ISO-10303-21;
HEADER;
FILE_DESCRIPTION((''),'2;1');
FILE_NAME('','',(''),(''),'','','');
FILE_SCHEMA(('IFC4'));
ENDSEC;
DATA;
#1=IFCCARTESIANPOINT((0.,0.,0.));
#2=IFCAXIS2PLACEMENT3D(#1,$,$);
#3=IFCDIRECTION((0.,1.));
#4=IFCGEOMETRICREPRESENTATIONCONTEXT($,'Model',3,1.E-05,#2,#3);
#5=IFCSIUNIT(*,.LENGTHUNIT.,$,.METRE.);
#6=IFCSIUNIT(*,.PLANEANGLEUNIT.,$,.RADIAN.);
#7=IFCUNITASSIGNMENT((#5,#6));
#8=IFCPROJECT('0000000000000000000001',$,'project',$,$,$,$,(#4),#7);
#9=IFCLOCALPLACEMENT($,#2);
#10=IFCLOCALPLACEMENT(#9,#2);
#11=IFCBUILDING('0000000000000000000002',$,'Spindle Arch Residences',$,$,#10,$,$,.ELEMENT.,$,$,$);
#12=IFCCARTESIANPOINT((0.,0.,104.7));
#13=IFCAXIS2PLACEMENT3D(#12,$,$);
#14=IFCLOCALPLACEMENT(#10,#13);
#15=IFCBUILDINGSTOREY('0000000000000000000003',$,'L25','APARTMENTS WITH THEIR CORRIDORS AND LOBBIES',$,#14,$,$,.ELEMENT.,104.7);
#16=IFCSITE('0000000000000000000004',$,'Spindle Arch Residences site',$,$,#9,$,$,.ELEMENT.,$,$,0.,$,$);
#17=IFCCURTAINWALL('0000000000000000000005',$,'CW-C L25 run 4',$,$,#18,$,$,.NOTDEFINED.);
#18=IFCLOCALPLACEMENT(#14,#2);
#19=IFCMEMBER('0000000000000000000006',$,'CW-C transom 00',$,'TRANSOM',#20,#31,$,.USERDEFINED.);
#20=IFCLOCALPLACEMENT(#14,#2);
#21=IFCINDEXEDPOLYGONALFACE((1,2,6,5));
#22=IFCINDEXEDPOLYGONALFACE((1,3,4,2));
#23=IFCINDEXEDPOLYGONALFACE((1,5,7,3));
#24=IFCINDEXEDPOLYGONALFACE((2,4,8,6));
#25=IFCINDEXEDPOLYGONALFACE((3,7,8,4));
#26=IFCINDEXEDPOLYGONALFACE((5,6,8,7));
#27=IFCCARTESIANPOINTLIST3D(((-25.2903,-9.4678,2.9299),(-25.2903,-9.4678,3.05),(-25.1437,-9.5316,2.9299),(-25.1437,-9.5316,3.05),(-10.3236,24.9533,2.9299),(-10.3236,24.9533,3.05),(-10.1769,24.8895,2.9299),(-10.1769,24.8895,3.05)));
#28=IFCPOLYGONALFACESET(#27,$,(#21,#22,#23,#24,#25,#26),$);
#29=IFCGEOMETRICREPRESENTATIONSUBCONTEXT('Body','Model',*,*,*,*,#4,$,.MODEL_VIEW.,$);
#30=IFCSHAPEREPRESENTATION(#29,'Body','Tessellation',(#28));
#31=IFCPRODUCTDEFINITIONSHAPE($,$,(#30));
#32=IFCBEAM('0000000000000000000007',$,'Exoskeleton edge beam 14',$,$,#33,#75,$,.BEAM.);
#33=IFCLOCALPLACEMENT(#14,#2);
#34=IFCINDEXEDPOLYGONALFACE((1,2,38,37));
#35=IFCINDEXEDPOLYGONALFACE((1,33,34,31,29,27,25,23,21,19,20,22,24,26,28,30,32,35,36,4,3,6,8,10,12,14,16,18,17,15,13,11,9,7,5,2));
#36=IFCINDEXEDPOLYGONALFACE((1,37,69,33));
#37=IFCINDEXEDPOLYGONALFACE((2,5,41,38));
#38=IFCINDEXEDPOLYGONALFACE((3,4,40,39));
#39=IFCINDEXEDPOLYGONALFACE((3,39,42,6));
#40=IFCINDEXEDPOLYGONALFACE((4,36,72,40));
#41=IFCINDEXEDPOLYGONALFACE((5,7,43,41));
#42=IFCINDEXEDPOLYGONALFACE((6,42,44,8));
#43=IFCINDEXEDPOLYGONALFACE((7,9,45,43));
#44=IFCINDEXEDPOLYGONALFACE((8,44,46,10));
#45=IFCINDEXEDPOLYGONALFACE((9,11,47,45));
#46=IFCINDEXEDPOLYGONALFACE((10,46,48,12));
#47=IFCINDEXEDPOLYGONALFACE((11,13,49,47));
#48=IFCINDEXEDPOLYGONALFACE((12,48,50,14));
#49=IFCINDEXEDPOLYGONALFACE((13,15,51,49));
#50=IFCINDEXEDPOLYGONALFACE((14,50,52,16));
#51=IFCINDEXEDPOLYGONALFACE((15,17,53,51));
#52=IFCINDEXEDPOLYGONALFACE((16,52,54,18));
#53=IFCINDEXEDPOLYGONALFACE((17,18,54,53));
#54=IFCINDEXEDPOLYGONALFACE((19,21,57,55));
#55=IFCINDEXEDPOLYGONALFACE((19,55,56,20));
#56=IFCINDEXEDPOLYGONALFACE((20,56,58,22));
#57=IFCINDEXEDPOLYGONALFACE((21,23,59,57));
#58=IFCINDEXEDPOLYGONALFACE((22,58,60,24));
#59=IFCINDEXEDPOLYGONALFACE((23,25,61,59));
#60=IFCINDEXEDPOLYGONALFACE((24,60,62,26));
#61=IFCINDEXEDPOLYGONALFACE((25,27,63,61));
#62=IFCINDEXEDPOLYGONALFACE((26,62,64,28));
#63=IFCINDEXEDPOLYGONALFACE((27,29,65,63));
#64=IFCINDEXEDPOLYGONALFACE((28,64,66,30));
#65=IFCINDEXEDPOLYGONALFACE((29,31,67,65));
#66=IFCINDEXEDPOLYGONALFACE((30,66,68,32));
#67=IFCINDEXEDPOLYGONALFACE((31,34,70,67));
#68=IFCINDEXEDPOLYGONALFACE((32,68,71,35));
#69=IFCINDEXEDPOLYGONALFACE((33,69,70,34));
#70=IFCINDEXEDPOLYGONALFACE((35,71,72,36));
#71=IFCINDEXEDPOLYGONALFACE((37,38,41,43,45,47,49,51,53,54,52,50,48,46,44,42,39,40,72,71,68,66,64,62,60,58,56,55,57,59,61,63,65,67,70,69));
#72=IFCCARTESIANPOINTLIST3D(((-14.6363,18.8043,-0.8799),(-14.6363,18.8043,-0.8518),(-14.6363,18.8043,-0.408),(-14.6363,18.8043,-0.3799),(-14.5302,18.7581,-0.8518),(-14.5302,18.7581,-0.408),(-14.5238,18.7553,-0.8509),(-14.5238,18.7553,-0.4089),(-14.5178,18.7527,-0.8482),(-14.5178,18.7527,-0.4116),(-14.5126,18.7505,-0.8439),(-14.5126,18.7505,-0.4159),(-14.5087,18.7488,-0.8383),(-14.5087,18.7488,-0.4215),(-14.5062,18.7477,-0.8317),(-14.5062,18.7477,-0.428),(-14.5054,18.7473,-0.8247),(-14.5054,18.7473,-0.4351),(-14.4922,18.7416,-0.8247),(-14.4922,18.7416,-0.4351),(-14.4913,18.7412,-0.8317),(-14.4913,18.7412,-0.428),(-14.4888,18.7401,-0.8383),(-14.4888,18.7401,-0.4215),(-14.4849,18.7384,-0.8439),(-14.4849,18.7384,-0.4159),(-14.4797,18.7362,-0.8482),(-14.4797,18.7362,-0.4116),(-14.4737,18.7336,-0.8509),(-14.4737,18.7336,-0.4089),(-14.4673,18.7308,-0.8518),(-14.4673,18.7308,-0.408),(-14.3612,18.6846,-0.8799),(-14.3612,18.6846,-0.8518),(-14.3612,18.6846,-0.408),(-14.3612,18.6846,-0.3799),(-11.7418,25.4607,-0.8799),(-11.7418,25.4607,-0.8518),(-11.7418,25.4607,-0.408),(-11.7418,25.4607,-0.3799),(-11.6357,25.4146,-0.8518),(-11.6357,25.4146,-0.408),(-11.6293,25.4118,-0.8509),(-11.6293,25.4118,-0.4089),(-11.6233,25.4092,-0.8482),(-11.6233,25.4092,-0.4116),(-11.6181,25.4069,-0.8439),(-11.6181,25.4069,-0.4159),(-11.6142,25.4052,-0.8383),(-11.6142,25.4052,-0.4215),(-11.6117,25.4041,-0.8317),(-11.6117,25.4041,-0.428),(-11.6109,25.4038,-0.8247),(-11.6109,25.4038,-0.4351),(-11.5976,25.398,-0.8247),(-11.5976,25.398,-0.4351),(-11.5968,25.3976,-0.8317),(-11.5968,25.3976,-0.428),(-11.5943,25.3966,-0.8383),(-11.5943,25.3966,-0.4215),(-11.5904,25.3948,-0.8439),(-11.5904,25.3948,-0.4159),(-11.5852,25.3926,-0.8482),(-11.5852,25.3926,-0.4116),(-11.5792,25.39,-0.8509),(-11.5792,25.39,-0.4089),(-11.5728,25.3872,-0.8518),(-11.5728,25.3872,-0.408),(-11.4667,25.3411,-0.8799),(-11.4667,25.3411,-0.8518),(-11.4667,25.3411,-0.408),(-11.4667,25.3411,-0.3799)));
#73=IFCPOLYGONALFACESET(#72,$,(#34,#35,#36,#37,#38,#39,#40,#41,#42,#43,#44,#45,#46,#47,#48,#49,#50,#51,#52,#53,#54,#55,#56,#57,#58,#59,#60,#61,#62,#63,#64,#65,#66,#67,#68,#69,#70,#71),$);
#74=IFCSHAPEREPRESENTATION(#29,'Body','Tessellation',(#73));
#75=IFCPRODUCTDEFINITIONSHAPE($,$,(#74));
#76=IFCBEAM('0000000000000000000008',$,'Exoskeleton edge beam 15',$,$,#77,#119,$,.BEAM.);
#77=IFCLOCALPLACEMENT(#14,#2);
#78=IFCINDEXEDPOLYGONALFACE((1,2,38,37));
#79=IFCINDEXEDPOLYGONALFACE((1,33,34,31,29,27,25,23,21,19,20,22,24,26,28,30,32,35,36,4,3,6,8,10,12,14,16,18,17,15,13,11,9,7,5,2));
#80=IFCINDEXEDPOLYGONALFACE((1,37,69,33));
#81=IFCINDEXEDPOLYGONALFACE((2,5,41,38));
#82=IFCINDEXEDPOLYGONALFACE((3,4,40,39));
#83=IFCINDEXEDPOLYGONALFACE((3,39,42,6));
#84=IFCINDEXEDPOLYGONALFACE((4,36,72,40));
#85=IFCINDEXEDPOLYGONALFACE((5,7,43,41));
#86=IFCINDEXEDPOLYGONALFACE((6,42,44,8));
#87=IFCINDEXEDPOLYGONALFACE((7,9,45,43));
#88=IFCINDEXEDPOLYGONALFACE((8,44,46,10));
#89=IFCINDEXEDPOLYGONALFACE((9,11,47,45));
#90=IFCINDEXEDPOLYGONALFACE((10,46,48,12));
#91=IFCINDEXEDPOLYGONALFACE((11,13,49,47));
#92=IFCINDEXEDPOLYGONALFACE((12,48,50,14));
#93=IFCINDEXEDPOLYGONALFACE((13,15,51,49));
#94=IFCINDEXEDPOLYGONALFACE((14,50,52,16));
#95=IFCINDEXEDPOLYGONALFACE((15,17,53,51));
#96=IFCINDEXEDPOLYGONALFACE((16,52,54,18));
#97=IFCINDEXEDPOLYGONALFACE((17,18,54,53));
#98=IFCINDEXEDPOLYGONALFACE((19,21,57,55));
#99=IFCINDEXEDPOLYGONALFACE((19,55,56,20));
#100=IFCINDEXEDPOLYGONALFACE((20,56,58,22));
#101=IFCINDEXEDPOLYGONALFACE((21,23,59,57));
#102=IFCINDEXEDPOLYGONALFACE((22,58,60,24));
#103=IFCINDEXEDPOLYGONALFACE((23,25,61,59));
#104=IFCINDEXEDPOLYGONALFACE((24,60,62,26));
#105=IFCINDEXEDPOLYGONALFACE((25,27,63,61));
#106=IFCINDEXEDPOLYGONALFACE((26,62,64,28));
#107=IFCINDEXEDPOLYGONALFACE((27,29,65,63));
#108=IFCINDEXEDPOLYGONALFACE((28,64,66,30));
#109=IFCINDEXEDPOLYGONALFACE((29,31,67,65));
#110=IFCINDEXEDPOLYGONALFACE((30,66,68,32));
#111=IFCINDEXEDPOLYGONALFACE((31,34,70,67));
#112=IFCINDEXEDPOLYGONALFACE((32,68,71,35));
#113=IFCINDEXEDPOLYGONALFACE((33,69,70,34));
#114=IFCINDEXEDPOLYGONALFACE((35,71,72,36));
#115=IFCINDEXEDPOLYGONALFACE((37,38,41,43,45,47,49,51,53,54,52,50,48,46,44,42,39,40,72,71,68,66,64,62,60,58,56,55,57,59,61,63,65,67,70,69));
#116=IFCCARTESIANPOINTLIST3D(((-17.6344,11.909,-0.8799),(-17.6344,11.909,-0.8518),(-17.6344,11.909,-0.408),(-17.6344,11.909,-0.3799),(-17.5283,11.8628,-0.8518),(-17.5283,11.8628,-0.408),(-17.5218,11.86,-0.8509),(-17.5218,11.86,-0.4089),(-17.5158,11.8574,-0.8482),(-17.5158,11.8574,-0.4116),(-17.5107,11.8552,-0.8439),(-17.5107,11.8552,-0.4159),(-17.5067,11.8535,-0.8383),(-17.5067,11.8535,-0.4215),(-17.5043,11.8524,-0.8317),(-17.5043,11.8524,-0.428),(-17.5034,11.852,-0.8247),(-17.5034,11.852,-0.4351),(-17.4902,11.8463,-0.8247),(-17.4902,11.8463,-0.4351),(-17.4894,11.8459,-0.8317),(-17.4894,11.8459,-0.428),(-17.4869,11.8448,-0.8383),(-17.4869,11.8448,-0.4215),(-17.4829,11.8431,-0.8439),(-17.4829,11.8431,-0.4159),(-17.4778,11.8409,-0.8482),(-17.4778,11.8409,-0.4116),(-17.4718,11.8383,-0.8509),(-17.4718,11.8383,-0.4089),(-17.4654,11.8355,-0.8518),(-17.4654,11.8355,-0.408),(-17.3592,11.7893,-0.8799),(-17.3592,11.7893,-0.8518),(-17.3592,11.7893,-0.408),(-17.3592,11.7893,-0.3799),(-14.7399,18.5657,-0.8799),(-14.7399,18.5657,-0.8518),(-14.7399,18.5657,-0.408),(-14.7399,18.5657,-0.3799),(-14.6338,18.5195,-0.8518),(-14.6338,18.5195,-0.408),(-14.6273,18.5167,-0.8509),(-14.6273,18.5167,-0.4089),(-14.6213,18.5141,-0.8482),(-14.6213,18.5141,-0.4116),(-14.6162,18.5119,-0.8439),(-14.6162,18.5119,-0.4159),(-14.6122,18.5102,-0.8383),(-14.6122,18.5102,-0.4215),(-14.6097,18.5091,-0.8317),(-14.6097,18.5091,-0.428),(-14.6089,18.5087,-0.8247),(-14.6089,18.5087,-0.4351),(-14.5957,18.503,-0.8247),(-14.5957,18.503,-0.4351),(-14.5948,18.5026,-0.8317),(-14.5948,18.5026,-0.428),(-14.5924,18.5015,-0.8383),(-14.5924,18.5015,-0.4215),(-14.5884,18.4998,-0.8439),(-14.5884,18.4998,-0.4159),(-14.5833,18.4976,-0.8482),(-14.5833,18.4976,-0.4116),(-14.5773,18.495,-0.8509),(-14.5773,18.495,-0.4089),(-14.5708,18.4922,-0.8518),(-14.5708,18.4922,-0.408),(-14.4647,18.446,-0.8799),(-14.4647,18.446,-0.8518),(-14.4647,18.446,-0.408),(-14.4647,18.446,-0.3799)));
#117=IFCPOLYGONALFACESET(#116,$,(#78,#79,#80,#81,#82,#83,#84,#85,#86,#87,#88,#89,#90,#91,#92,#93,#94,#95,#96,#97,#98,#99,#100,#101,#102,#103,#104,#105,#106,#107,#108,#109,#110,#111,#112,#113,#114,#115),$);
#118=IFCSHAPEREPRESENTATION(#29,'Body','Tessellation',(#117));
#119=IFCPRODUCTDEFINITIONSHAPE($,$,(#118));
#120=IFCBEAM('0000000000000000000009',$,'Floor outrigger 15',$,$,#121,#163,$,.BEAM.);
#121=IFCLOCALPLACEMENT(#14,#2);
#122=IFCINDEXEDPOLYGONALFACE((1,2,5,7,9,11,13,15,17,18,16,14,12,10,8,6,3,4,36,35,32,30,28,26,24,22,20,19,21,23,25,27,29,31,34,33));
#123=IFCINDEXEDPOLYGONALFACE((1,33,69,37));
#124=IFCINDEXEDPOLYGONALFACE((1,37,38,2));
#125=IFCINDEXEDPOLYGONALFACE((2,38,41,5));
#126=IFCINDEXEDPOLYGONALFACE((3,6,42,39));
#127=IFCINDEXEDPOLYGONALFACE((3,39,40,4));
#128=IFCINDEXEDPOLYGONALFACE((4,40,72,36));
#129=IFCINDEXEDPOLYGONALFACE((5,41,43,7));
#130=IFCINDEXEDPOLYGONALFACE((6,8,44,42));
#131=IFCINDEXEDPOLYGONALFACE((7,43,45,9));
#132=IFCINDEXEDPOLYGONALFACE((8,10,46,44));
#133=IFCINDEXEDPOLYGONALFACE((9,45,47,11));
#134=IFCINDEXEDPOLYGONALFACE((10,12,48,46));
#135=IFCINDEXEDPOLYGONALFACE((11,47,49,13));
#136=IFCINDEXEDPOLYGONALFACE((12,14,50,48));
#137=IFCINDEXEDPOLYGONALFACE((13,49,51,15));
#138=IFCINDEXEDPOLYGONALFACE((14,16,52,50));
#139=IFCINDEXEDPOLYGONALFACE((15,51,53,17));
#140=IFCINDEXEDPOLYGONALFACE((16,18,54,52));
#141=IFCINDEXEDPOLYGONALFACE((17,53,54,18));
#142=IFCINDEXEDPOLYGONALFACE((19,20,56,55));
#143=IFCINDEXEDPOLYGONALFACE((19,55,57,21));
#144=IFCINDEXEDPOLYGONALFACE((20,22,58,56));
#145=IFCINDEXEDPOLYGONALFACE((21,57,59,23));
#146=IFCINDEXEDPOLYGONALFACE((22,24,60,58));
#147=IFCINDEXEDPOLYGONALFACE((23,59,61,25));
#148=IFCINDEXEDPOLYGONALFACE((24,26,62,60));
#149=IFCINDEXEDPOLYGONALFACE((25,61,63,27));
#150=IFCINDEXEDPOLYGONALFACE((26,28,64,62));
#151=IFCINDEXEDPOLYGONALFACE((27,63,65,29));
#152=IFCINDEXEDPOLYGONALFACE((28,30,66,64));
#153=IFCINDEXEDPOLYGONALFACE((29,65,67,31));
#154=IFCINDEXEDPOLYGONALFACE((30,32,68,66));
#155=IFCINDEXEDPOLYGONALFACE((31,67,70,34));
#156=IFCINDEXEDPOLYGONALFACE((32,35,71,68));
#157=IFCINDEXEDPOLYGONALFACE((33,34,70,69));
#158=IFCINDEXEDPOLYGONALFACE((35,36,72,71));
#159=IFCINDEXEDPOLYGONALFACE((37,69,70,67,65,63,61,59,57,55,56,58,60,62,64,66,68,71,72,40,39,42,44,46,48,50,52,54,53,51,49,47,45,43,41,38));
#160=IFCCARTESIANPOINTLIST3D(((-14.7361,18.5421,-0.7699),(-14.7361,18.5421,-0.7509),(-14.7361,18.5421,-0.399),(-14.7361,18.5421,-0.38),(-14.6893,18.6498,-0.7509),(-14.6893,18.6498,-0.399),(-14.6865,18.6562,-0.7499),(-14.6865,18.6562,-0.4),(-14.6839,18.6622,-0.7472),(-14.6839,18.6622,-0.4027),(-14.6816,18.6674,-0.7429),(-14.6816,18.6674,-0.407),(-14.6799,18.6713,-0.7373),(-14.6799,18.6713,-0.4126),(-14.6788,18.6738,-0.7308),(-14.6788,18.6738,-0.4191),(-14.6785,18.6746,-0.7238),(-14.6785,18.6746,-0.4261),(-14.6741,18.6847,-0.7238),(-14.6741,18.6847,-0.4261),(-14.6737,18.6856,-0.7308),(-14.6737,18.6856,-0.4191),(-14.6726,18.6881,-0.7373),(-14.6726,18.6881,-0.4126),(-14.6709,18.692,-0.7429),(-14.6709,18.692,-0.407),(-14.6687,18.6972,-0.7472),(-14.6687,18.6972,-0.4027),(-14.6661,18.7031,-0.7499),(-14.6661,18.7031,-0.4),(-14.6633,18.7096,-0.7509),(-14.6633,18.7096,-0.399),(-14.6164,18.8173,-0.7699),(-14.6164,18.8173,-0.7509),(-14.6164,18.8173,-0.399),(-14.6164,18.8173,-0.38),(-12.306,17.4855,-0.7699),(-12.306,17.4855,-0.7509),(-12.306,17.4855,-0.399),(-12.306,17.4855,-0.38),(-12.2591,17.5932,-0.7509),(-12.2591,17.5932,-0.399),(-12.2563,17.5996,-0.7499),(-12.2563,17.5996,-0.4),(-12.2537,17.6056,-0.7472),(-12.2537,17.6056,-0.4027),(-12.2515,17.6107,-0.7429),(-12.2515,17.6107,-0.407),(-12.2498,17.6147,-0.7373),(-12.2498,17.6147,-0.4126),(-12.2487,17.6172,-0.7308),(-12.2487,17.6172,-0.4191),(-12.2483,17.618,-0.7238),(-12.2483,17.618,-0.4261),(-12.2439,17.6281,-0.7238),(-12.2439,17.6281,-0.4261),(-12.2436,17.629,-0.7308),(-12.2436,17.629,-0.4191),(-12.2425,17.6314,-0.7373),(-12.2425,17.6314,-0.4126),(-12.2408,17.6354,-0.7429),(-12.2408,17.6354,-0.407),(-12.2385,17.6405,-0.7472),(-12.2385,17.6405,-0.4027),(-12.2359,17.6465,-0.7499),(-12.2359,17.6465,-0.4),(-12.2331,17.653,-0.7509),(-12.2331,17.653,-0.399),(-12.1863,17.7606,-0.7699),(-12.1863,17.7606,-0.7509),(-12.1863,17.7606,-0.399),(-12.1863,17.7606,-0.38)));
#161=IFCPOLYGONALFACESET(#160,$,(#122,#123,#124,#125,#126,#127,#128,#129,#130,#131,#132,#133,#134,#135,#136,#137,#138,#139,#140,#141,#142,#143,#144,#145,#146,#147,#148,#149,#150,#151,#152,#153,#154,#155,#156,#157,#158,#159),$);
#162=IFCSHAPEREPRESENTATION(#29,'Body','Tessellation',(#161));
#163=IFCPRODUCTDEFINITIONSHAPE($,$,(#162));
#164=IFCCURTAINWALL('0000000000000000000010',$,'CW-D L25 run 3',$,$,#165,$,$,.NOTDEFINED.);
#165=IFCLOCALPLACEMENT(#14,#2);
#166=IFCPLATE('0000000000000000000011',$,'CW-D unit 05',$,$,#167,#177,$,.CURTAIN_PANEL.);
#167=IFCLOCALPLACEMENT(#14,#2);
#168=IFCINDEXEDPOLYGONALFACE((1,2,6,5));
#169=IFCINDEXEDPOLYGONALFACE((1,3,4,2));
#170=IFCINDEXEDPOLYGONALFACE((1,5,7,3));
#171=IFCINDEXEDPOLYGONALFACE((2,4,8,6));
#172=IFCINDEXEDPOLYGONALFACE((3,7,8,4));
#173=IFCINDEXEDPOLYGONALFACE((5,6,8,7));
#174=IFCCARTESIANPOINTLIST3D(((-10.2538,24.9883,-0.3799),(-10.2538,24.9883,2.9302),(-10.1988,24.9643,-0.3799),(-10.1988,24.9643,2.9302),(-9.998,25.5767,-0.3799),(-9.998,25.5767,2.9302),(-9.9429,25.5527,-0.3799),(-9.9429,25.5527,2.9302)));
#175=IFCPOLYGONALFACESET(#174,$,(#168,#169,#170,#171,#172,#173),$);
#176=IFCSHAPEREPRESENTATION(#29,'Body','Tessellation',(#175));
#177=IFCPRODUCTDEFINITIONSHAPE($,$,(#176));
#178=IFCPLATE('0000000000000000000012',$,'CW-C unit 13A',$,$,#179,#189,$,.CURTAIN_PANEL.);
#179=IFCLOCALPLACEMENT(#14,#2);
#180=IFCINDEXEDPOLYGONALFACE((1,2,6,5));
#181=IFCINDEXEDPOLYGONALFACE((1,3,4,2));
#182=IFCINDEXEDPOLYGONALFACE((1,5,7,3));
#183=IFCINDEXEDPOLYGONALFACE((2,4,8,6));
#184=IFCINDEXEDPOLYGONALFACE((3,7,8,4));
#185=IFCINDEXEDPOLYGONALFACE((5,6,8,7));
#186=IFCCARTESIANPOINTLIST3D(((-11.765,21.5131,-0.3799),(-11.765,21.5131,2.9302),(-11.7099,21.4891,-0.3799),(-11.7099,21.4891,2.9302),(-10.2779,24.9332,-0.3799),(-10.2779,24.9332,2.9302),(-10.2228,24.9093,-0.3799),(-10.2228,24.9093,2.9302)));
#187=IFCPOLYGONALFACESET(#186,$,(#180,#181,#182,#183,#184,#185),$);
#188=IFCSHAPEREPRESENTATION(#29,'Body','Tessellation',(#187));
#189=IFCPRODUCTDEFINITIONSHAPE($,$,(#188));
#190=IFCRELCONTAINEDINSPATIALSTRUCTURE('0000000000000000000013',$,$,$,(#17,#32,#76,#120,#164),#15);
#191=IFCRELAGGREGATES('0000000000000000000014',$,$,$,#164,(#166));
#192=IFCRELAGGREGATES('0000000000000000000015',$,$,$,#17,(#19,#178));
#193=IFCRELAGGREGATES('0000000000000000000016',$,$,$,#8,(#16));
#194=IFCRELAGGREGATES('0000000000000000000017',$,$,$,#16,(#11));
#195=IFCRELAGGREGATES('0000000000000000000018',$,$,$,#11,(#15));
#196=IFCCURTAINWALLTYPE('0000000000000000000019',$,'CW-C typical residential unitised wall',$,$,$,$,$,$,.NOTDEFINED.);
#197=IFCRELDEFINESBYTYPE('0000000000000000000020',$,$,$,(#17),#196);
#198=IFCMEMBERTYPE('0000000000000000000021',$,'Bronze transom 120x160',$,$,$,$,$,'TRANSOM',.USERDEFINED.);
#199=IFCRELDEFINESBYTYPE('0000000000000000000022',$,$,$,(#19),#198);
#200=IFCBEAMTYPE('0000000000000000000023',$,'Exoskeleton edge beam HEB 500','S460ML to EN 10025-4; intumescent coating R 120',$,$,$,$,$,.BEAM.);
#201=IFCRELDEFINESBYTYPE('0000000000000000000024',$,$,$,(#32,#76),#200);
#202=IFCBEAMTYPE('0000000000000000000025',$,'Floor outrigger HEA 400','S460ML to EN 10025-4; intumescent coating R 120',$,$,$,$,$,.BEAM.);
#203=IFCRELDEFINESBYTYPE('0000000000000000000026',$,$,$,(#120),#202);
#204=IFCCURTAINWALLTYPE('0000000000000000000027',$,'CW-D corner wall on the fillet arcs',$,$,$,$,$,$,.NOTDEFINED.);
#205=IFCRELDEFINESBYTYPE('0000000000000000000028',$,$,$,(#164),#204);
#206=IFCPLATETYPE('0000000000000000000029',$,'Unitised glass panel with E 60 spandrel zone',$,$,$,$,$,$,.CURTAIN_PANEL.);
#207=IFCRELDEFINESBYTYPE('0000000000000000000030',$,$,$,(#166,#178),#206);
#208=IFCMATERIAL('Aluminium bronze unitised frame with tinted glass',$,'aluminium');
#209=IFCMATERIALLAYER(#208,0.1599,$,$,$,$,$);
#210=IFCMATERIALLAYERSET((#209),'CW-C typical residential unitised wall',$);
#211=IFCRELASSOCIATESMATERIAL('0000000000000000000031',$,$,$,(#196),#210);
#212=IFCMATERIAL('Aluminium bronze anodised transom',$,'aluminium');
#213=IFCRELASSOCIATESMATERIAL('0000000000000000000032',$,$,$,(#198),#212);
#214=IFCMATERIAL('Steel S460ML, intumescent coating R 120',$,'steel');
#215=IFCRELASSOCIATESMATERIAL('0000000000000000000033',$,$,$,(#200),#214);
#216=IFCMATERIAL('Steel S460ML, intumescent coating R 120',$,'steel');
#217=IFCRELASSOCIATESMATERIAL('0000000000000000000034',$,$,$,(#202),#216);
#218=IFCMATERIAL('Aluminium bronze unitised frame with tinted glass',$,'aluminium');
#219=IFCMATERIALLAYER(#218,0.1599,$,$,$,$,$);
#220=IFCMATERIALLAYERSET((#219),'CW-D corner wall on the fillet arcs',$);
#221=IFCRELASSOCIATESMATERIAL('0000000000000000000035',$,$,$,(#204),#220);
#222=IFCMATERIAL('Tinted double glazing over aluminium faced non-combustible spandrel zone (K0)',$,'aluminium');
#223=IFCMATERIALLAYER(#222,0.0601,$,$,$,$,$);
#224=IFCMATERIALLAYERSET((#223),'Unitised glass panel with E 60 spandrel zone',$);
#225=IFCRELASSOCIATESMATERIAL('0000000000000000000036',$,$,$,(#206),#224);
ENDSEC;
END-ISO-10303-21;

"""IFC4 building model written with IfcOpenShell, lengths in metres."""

from ifc_helpers import new_model, si_unit, direction, frame, origin, origin_2d, place, context, subcontext, project, spatial, rectangle, i_section, extrude, material, layer, layer_set, material_profile, profile_set, type_object, element, aggregate, save


model = new_model("IFC4")

# Units and contexts
model_context = context("Model", 3, precision=1e-05, world=origin(), true_north=direction((0.0, 1.0)))
body_context = subcontext(model_context, "Body", "Model", "MODEL_VIEW")
ifc_project = project(units=[si_unit("LENGTHUNIT", "METRE"), si_unit("PLANEANGLEUNIT", "RADIAN")], contexts=[model_context])

# Site, building, storey
site_placement = place(None, origin())
site = spatial("IfcSite", under=ifc_project, at=site_placement, Name="Spindle Arch Residences site", CompositionType="ELEMENT", RefElevation=0.0)
building_placement = place(site_placement, origin())
building = spatial("IfcBuilding", under=site, at=building_placement, Name="Spindle Arch Residences", CompositionType="ELEMENT")
storey_placement = place(building_placement, frame((0.0, 0.0, 104.7)))
storey = spatial("IfcBuildingStorey", under=building, at=storey_placement, Name="L25", Description="APARTMENTS WITH THEIR CORRIDORS AND LOBBIES", CompositionType="ELEMENT", Elevation=104.7)

# Curtain wall, member
ifc_material_1 = material(Name="Aluminium bronze unitised frame with tinted glass", Category="aluminium")
ifc_layer_1 = layer(ifc_material_1, 0.1599)
ifc_layer_set_1 = layer_set([ifc_layer_1], Name="CW-C typical residential unitised wall")
curtain_wall_type_1 = type_object("IfcCurtainWallType", Name="CW-C typical residential unitised wall", PredefinedType="NOTDEFINED", material=ifc_layer_set_1)
curtain_wall_1_placement = place(storey_placement, origin())
curtain_wall_1 = element("IfcCurtainWall", 1, at=curtain_wall_1_placement, inside=storey, type_object=curtain_wall_type_1, Name="CW-C L25 run 4", PredefinedType="NOTDEFINED")
ifc_material_2 = material(Name="Aluminium bronze anodised transom", Category="aluminium")
ifc_material_profile_1 = material_profile(ifc_material_2, rectangle(XDim=0.1599, YDim=0.1201, at=origin_2d()), Name="TR 120x160")
ifc_profile_set_1 = profile_set([ifc_material_profile_1], Name="Aluminium bronze anodised transom")
member_type_1 = type_object("IfcMemberType", Name="Bronze transom 120x160", ElementType="TRANSOM", PredefinedType="USERDEFINED", material=ifc_profile_set_1)
member_1_placement = place(storey_placement, frame((-10.2502, 24.9214, 2.99), z_axis=(-0.39875, -0.91706, 0.0), x_axis=(0.91706, -0.39875, 0.0)))
member_1 = element("IfcMember", 2, at=member_1_placement, type_object=member_type_1, Name="CW-C transom 00", ObjectType="TRANSOM", PredefinedType="USERDEFINED", context=body_context, shape_type="SweptSolid", body=[
    extrude(rectangle(XDim=0.1599, YDim=0.1201, at=origin_2d()), origin(), (0.0, 0.0, 1.0), 37.5342),
])

# Beams
ifc_material_3 = material(Name="Steel S460ML, intumescent coating R 120", Category="steel")
ifc_material_profile_2 = material_profile(ifc_material_3, i_section(OverallWidth=0.3, OverallDepth=0.5, WebThickness=0.0144, FlangeThickness=0.0281, FilletRadius=0.0271, at=origin_2d()), Name="HEB 500")
ifc_profile_set_2 = profile_set([ifc_material_profile_2], Name="Steel S460ML, intumescent coating R 120")
beam_type_1 = type_object("IfcBeamType", Name="Exoskeleton edge beam HEB 500", Description="S460ML to EN 10025-4; intumescent coating R 120", PredefinedType="BEAM", material=ifc_profile_set_2)
beam_1_placement = place(storey_placement, frame((-11.6042, 25.4009, -0.6299), z_axis=(-0.398773, -0.91705, 0.0), x_axis=(0.91705, -0.398773, 0.0)))
element("IfcBeam", 3, at=beam_1_placement, inside=storey, type_object=beam_type_1, Name="Exoskeleton edge beam 14", PredefinedType="BEAM", context=body_context, shape_type="SweptSolid", body=[
    extrude(i_section(OverallWidth=0.3, OverallDepth=0.5, WebThickness=0.0144, FlangeThickness=0.0281, FilletRadius=0.0271, at=origin_2d()), origin(), (0.0, 0.0, 1.0), 7.2585),
])
beam_2_placement = place(storey_placement, frame((-14.6023, 18.5059, -0.6299), z_axis=(-0.398761, -0.917055, 0.0), x_axis=(0.917055, -0.398761, 0.0)))
element("IfcBeam", 4, at=beam_2_placement, inside=storey, type_object=beam_type_1, Name="Exoskeleton edge beam 15", PredefinedType="BEAM", context=body_context, shape_type="SweptSolid", body=[
    extrude(i_section(OverallWidth=0.3, OverallDepth=0.5, WebThickness=0.0144, FlangeThickness=0.0281, FilletRadius=0.0271, at=origin_2d()), origin(), (0.0, 0.0, 1.0), 7.2588),
])
ifc_material_4 = material(Name="Steel S460ML, intumescent coating R 120", Category="steel")
ifc_material_profile_3 = material_profile(ifc_material_4, i_section(OverallWidth=0.3, OverallDepth=0.3899, WebThickness=0.011, FlangeThickness=0.019, FilletRadius=0.0271, at=origin_2d()), Name="HEA 400")
ifc_profile_set_3 = profile_set([ifc_material_profile_3], Name="Steel S460ML, intumescent coating R 120")
beam_type_2 = type_object("IfcBeamType", Name="Floor outrigger HEA 400", Description="S460ML to EN 10025-4; intumescent coating R 120", PredefinedType="BEAM", material=ifc_profile_set_3)
beam_3_placement = place(storey_placement, frame((-14.6763, 18.6797, -0.575), z_axis=(0.917064, -0.39874, 0.0), x_axis=(0.39874, 0.917064, 0.0)))
element("IfcBeam", 5, at=beam_3_placement, inside=storey, type_object=beam_type_2, Name="Floor outrigger 15", PredefinedType="BEAM", context=body_context, shape_type="SweptSolid", body=[
    extrude(i_section(OverallWidth=0.3, OverallDepth=0.3899, WebThickness=0.011, FlangeThickness=0.019, FilletRadius=0.0271, at=origin_2d()), origin(), (0.0, 0.0, 1.0), 2.6499),
])

# Curtain wall, plate
ifc_material_5 = material(Name="Aluminium bronze unitised frame with tinted glass", Category="aluminium")
ifc_layer_2 = layer(ifc_material_5, 0.1599)
ifc_layer_set_2 = layer_set([ifc_layer_2], Name="CW-D corner wall on the fillet arcs")
curtain_wall_type_2 = type_object("IfcCurtainWallType", Name="CW-D corner wall on the fillet arcs", PredefinedType="NOTDEFINED", material=ifc_layer_set_2)
curtain_wall_2_placement = place(storey_placement, origin())
curtain_wall_2 = element("IfcCurtainWall", 6, at=curtain_wall_2_placement, inside=storey, type_object=curtain_wall_type_2, Name="CW-D L25 run 3", PredefinedType="NOTDEFINED")
ifc_material_6 = material(Name="Tinted double glazing over aluminium faced non-combustible spandrel zone (K0)", Category="aluminium")
ifc_layer_3 = layer(ifc_material_6, 0.0601)
ifc_layer_set_3 = layer_set([ifc_layer_3], Name="Unitised glass panel with E 60 spandrel zone")
plate_type = type_object("IfcPlateType", Name="Unitised glass panel with E 60 spandrel zone", PredefinedType="CURTAIN_PANEL", material=ifc_layer_set_3)
plate_1_placement = place(storey_placement, frame((-10.0984, 25.2705, -0.3799), z_axis=(0.0, 0.0, 1.0), x_axis=(-0.398749, -0.91706, 0.0)))
plate_1 = element("IfcPlate", 7, at=plate_1_placement, type_object=plate_type, Name="CW-D unit 05", PredefinedType="CURTAIN_PANEL", context=body_context, shape_type="SweptSolid", body=[
    extrude(rectangle(XDim=0.6416, YDim=0.0601, at=origin_2d()), origin(), (0.0, 0.0, 1.0), 3.3101),
])
aggregate(curtain_wall_2, [plate_1])

# Plate
plate_2_placement = place(storey_placement, frame((-10.9939, 23.2112, -0.3799), z_axis=(0.0, 0.0, 1.0), x_axis=(-0.398749, -0.91706, 0.0)))
plate_2 = element("IfcPlate", 8, at=plate_2_placement, type_object=plate_type, Name="CW-C unit 13A", PredefinedType="CURTAIN_PANEL", context=body_context, shape_type="SweptSolid", body=[
    extrude(rectangle(XDim=3.7295, YDim=0.0601, at=origin_2d()), origin(), (0.0, 0.0, 1.0), 3.3101),
])
aggregate(curtain_wall_1, [member_1, plate_2])

save(model, "model.ifc")
